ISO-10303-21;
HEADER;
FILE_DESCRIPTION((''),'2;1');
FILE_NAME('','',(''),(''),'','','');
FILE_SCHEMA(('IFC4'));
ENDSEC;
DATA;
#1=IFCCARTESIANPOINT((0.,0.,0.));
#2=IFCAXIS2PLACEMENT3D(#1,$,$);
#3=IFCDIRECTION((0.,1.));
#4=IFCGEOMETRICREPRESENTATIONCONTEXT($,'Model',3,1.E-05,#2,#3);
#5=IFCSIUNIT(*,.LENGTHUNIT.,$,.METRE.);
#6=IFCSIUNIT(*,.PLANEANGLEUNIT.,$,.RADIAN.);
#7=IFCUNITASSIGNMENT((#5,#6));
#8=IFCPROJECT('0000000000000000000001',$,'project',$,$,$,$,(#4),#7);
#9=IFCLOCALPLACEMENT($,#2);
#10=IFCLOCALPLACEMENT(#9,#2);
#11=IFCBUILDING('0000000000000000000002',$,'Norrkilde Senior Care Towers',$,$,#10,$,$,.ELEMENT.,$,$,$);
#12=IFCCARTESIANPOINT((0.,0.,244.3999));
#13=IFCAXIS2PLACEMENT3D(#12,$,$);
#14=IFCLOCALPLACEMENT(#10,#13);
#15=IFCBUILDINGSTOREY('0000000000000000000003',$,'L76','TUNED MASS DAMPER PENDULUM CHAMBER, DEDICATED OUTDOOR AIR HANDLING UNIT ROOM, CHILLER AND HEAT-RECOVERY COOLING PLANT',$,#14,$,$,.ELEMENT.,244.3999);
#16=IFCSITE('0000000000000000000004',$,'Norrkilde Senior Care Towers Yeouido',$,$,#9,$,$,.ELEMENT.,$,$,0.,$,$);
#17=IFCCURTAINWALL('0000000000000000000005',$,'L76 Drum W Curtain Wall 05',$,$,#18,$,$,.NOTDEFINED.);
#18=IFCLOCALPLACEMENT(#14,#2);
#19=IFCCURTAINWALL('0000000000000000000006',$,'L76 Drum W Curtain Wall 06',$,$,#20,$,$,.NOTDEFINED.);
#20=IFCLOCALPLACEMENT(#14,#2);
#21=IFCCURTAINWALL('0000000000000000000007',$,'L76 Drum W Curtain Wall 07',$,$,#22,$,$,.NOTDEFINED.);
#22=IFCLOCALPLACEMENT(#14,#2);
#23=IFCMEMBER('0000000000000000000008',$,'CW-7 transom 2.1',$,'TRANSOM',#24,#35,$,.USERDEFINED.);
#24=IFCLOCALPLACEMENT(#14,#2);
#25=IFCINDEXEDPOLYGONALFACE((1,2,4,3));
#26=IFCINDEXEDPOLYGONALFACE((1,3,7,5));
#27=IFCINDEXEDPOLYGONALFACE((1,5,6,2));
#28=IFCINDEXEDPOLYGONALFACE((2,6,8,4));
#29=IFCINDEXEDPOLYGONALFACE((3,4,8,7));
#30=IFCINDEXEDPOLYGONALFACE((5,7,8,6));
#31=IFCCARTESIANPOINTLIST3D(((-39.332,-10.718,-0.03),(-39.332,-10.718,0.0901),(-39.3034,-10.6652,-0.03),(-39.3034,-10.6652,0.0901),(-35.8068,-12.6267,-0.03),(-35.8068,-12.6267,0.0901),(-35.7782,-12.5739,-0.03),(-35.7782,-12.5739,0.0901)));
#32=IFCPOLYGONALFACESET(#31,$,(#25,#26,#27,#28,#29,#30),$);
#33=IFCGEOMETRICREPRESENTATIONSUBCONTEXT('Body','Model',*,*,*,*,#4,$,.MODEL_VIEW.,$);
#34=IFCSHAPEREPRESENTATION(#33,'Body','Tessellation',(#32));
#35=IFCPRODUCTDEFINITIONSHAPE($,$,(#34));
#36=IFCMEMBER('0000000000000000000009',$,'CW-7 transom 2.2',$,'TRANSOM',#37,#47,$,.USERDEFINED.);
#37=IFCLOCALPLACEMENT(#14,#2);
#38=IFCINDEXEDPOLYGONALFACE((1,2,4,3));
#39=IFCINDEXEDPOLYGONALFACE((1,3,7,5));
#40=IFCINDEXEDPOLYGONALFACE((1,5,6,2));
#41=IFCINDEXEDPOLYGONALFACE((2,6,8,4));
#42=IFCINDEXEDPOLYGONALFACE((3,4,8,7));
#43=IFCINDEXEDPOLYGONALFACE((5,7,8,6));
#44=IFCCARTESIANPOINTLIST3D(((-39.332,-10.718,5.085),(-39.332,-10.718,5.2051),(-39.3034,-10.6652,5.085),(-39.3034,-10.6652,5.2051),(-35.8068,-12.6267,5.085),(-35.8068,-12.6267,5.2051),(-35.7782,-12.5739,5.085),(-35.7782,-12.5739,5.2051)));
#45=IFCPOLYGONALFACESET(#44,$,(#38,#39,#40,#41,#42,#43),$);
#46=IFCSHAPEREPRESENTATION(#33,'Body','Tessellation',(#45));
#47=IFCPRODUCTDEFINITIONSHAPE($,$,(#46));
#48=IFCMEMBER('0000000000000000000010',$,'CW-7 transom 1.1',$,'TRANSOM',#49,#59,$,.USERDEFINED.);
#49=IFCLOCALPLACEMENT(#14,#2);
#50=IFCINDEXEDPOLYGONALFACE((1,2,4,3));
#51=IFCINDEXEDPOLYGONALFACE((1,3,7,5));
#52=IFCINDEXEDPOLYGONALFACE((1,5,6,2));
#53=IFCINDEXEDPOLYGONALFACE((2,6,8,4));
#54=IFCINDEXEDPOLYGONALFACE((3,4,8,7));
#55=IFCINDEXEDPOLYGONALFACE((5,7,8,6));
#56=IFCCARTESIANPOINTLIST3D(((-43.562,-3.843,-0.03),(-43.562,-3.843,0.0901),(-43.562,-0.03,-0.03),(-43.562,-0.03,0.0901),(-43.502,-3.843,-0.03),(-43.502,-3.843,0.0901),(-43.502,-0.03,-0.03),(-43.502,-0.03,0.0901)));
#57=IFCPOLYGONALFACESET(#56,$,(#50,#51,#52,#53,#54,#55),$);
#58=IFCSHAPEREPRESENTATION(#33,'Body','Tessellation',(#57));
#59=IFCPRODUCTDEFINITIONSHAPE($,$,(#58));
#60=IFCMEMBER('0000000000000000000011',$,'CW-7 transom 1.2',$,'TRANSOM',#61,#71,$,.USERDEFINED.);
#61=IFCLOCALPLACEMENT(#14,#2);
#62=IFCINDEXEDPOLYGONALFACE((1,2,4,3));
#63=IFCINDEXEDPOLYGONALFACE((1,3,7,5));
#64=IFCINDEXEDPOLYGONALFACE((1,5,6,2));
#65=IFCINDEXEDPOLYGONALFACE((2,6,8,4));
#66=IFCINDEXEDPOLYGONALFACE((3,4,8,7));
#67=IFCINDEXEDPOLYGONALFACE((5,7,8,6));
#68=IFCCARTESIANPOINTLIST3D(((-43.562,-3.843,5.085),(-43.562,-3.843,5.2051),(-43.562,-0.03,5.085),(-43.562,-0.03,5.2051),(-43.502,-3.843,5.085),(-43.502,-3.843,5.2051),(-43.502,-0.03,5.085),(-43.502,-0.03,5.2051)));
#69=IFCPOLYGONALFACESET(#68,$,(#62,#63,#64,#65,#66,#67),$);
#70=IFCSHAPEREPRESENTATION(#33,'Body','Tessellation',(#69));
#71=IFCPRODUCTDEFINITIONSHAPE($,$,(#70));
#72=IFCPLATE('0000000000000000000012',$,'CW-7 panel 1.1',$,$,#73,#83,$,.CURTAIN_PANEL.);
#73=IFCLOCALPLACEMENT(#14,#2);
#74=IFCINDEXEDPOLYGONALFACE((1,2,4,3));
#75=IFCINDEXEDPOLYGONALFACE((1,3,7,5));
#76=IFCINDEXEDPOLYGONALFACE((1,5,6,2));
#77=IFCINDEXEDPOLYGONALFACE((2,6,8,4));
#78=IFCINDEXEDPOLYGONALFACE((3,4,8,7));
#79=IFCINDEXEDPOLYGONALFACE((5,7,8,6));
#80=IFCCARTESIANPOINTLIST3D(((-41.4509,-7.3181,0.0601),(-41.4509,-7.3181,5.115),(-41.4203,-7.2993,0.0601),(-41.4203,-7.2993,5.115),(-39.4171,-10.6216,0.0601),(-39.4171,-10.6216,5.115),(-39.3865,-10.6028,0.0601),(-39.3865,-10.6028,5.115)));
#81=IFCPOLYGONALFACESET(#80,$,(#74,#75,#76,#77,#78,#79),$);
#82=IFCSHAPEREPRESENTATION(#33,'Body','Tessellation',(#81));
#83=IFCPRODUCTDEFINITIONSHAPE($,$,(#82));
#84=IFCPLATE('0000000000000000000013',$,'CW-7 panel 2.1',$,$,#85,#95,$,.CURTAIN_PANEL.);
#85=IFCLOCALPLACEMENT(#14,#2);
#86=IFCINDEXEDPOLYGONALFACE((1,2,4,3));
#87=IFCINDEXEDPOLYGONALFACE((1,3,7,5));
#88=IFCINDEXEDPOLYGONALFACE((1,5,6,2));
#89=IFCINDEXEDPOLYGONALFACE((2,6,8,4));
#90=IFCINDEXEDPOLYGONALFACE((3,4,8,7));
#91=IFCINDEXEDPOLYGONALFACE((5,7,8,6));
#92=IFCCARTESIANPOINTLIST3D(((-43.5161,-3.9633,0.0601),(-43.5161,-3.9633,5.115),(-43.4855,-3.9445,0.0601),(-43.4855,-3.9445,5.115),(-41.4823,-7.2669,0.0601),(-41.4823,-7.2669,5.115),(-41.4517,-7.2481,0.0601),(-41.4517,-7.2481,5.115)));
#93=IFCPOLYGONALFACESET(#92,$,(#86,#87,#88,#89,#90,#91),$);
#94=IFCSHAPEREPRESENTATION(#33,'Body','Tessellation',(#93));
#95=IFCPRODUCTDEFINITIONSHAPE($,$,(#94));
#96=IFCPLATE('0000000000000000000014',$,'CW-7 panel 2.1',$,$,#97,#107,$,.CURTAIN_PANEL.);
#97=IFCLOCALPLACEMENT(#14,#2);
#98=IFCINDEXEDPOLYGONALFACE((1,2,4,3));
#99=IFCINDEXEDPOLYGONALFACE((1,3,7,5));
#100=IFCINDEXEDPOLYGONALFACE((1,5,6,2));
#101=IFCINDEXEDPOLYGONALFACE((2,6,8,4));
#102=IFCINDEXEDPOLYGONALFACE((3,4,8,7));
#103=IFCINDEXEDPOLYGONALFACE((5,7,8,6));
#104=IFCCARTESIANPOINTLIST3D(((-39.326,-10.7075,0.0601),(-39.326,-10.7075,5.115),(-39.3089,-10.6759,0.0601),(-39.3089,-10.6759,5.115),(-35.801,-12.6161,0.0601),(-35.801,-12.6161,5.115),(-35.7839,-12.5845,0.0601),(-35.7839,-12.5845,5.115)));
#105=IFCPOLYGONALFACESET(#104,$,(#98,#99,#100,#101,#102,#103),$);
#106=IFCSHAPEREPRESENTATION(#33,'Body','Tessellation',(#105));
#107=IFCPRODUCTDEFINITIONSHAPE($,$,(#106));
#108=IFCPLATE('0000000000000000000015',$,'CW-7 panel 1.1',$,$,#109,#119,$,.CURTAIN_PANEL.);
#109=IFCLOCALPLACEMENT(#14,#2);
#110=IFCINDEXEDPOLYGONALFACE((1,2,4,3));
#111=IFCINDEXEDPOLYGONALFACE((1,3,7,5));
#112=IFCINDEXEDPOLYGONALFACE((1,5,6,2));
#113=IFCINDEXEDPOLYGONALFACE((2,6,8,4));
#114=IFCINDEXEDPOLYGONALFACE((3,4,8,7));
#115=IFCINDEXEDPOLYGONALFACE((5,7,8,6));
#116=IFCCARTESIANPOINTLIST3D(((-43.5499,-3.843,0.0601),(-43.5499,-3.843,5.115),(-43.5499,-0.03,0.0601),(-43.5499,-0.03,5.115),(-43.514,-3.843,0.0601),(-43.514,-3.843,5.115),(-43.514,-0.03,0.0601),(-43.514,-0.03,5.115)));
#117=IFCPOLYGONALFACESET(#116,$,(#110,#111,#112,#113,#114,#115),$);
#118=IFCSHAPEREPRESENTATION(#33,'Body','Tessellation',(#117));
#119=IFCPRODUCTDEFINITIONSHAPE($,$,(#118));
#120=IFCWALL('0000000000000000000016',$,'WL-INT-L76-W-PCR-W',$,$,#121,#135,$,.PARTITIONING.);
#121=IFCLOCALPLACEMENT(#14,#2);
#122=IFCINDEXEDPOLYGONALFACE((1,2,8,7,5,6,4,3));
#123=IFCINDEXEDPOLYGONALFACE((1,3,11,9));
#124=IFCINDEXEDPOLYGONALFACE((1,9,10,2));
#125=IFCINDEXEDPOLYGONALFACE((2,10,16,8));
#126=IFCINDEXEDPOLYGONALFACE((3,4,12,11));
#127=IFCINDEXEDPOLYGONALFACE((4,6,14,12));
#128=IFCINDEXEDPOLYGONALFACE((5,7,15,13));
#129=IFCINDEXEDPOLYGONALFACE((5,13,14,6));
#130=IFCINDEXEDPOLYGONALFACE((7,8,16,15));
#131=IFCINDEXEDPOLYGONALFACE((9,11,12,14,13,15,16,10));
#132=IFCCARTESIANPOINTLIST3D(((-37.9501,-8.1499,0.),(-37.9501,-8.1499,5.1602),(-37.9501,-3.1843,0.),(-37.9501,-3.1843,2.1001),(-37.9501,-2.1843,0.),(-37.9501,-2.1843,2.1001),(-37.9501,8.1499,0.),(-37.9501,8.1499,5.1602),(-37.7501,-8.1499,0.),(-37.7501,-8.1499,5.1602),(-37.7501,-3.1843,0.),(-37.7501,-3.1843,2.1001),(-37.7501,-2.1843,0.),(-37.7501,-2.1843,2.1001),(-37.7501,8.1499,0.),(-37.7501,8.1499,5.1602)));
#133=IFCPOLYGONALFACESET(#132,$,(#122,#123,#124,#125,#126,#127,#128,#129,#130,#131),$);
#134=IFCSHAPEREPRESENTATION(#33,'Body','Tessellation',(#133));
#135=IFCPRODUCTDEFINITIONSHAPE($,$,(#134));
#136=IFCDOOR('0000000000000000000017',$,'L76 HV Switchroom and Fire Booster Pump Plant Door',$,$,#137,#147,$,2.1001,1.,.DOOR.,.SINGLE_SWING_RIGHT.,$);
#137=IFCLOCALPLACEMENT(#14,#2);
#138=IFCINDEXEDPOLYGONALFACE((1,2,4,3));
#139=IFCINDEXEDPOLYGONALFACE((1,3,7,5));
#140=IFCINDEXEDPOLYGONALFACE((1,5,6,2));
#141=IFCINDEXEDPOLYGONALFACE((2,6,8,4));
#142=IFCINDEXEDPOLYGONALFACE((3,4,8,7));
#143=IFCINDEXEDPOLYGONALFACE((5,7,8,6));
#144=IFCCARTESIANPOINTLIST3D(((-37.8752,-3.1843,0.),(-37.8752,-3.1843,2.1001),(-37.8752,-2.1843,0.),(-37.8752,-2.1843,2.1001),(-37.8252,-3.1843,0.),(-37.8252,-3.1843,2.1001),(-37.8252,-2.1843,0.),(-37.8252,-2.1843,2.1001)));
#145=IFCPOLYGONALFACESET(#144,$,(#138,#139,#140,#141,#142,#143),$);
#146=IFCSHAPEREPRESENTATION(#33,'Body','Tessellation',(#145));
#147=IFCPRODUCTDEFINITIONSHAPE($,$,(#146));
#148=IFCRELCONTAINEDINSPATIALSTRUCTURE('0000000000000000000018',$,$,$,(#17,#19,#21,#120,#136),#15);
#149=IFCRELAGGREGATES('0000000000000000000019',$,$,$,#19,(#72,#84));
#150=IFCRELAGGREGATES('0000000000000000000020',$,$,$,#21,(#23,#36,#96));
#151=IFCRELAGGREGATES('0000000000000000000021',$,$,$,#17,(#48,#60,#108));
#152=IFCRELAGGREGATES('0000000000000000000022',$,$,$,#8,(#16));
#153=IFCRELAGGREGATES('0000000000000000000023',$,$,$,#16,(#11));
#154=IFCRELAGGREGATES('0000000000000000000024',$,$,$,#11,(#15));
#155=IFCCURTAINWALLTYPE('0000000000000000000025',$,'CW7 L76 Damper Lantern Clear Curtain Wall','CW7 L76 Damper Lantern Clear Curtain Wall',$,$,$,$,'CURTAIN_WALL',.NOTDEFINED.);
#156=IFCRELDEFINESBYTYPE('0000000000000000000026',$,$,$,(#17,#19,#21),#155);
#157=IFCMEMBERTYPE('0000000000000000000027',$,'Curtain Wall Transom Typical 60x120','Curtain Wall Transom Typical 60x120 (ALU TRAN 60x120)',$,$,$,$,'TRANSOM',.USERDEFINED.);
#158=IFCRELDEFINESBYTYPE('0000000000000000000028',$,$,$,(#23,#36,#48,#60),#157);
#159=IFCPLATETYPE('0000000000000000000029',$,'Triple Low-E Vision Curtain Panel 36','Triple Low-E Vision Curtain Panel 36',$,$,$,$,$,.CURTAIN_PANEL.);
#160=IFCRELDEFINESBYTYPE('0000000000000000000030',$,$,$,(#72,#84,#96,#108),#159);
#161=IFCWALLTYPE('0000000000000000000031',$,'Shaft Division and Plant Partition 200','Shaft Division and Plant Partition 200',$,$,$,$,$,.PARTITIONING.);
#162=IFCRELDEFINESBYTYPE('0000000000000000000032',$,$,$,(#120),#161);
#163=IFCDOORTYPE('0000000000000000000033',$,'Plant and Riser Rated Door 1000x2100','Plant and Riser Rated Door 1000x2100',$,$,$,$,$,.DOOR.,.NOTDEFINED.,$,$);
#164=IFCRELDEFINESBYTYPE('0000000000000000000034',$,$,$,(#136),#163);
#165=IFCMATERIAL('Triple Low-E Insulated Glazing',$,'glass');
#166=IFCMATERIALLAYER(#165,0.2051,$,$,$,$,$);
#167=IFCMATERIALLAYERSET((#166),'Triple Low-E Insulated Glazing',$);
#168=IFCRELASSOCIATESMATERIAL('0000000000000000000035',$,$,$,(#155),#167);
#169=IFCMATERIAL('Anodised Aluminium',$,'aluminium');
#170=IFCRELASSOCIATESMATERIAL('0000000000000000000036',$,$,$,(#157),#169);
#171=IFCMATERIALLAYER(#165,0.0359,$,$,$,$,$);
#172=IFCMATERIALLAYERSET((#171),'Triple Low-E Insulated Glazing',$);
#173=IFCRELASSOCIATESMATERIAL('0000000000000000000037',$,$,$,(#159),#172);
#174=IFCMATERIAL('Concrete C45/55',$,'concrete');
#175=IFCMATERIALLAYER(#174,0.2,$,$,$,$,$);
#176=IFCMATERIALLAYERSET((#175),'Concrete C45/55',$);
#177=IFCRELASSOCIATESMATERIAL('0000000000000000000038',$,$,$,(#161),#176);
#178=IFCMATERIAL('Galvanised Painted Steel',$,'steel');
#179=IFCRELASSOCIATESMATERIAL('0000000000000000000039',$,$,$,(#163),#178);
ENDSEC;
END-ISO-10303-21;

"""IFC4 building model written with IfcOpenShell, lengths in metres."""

from ifc_helpers import new_model, si_unit, direction, frame, frame_2d, origin, origin_2d, place, context, subcontext, project, spatial, rectangle, extrude, source, transform, mapped, material, layer, layer_set, material_profile, profile_set, type_object, type_shapes, element, fill, aggregate, save


model = new_model("IFC4")

# Units and contexts
model_context = context("Model", 3, precision=1e-05, world=origin(), true_north=direction((0.0, 1.0)))
body_context = subcontext(model_context, "Body", "Model", "MODEL_VIEW")
ifc_project = project(units=[si_unit("LENGTHUNIT", "METRE"), si_unit("PLANEANGLEUNIT", "RADIAN")], contexts=[model_context])

# Site, building, storey
site_placement = place(None, origin())
site = spatial("IfcSite", under=ifc_project, at=site_placement, Name="Norrkilde Senior Care Towers Yeouido", CompositionType="ELEMENT", RefElevation=0.0)
building_placement = place(site_placement, origin())
building = spatial("IfcBuilding", under=site, at=building_placement, Name="Norrkilde Senior Care Towers", CompositionType="ELEMENT")
storey_placement = place(building_placement, frame((0.0, 0.0, 244.3999)))
storey = spatial("IfcBuildingStorey", under=building, at=storey_placement, Name="L76", Description="TUNED MASS DAMPER PENDULUM CHAMBER, DEDICATED OUTDOOR AIR HANDLING UNIT ROOM, CHILLER AND HEAT-RECOVERY COOLING PLANT", CompositionType="ELEMENT", Elevation=244.3999)

# Curtain wall
ifc_material_1 = material(Name="Triple Low-E Insulated Glazing", Category="glass")
ifc_layer_1 = layer(ifc_material_1, 0.2051)
ifc_layer_set_1 = layer_set([ifc_layer_1], Name="Triple Low-E Insulated Glazing")
curtain_wall_type = type_object("IfcCurtainWallType", Name="CW7 L76 Damper Lantern Clear Curtain Wall", Description="CW7 L76 Damper Lantern Clear Curtain Wall", ElementType="CURTAIN_WALL", PredefinedType="NOTDEFINED", material=ifc_layer_set_1)
curtain_wall_1_placement = place(storey_placement, origin())
curtain_wall_1 = element("IfcCurtainWall", 1, at=curtain_wall_1_placement, inside=storey, type_object=curtain_wall_type, Name="L76 Drum W Curtain Wall 05", PredefinedType="NOTDEFINED")
ifc_material_2 = material(Name="Anodised Aluminium", Category="aluminium")

# Curtain walls
curtain_wall_2_placement = place(storey_placement, origin())
curtain_wall_2 = element("IfcCurtainWall", 2, at=curtain_wall_2_placement, inside=storey, type_object=curtain_wall_type, Name="L76 Drum W Curtain Wall 06", PredefinedType="NOTDEFINED")
curtain_wall_3_placement = place(storey_placement, origin())
curtain_wall_3 = element("IfcCurtainWall", 3, at=curtain_wall_3_placement, inside=storey, type_object=curtain_wall_type, Name="L76 Drum W Curtain Wall 07", PredefinedType="NOTDEFINED")

# Members
ifc_material_profile_1 = material_profile(ifc_material_2, rectangle(XDim=0.0601, YDim=0.1201, at=origin_2d()), Name="ALU TRAN 60x120")
ifc_profile_set_1 = profile_set([ifc_material_profile_1], Name="Anodised Aluminium")
member_type_1 = type_object("IfcMemberType", Name="Curtain Wall Transom Typical 60x120", Description="Curtain Wall Transom Typical 60x120 (ALU TRAN 60x120)", ElementType="TRANSOM", PredefinedType="USERDEFINED", material=ifc_profile_set_1)
shared_shape_1 = source(origin(), body_context, "Body", "SweptSolid", [
    extrude(rectangle(XDim=0.0601, YDim=0.1201, at=origin_2d()), origin(), (0.0, 0.0, 1.0), 4.0088),
])
member_1_placement = place(storey_placement, frame((-35.7925, -12.6003, 0.03), z_axis=(-0.879372, 0.476136, 0.0), x_axis=(-0.476136, -0.879372, 0.0)))
member_1 = element("IfcMember", 4, at=member_1_placement, type_object=member_type_1, Name="CW-7 transom 2.1", ObjectType="TRANSOM", PredefinedType="USERDEFINED", context=body_context, shape_type="MappedRepresentation", body=[
    mapped(shared_shape_1, transform((0.0, 0.0, 0.0), x_axis=(1.0, 0.0, 0.0), y_axis=(0.0, 1.0, 0.0), z_axis=(0.0, 0.0, 1.0), scale=1.0)),
])
member_2_placement = place(storey_placement, frame((-35.7925, -12.6003, 5.145), z_axis=(-0.879372, 0.476136, 0.0), x_axis=(-0.476136, -0.879372, 0.0)))
member_2 = element("IfcMember", 5, at=member_2_placement, type_object=member_type_1, Name="CW-7 transom 2.2", ObjectType="TRANSOM", PredefinedType="USERDEFINED", context=body_context, shape_type="MappedRepresentation", body=[
    mapped(shared_shape_1, transform((0.0, 0.0, 0.0), x_axis=(1.0, 0.0, 0.0), y_axis=(0.0, 1.0, 0.0), z_axis=(0.0, 0.0, 1.0), scale=1.0)),
])
shared_shape_2 = source(origin(), body_context, "Body", "SweptSolid", [
    extrude(rectangle(XDim=0.0601, YDim=0.1201, at=origin_2d()), origin(), (0.0, 0.0, 1.0), 3.813),
])
member_3_placement = place(storey_placement, frame((-43.532, -3.843, 0.03), z_axis=(0.0, 1.0, 0.0), x_axis=(-1.0, 0.0, 0.0)))
member_3 = element("IfcMember", 6, at=member_3_placement, type_object=member_type_1, Name="CW-7 transom 1.1", ObjectType="TRANSOM", PredefinedType="USERDEFINED", context=body_context, shape_type="MappedRepresentation", body=[
    mapped(shared_shape_2, transform((0.0, 0.0, 0.0), x_axis=(1.0, 0.0, 0.0), y_axis=(0.0, 1.0, 0.0), z_axis=(0.0, 0.0, 1.0), scale=1.0)),
])
member_4_placement = place(storey_placement, frame((-43.532, -3.843, 5.145), z_axis=(0.0, 1.0, 0.0), x_axis=(-1.0, 0.0, 0.0)))
member_4 = element("IfcMember", 7, at=member_4_placement, type_object=member_type_1, Name="CW-7 transom 1.2", ObjectType="TRANSOM", PredefinedType="USERDEFINED", context=body_context, shape_type="MappedRepresentation", body=[
    mapped(shared_shape_2, transform((0.0, 0.0, 0.0), x_axis=(1.0, 0.0, 0.0), y_axis=(0.0, 1.0, 0.0), z_axis=(0.0, 0.0, 1.0), scale=1.0)),
])

# Plates
ifc_layer_2 = layer(ifc_material_1, 0.0359)
ifc_layer_set_2 = layer_set([ifc_layer_2], Name="Triple Low-E Insulated Glazing")
plate_type = type_object("IfcPlateType", Name="Triple Low-E Vision Curtain Panel 36", Description="Triple Low-E Vision Curtain Panel 36", PredefinedType="CURTAIN_PANEL", material=ifc_layer_set_2)
shared_shape_3 = source(origin(), body_context, "Body", "SweptSolid", [
    extrude(rectangle(XDim=3.8794, YDim=0.0359, at=origin_2d()), origin(), (0.0, 0.0, 1.0), 5.0549),
])
plate_1_placement = place(storey_placement, frame((-40.4187, -8.9604, 0.0601), z_axis=(0.0, 0.0, 1.0), x_axis=(-0.524253, 0.851563, 0.0)))
plate_1 = element("IfcPlate", 8, at=plate_1_placement, type_object=plate_type, Name="CW-7 panel 1.1", PredefinedType="CURTAIN_PANEL", context=body_context, shape_type="MappedRepresentation", body=[
    mapped(shared_shape_3, transform((0.0, 0.0, 0.0), x_axis=(1.0, 0.0, 0.0), y_axis=(0.0, 1.0, 0.0), z_axis=(0.0, 0.0, 1.0), scale=1.0)),
])
plate_2_placement = place(storey_placement, frame((-42.4839, -5.6057, 0.0601), z_axis=(0.0, 0.0, 1.0), x_axis=(-0.524253, 0.851563, 0.0)))
plate_2 = element("IfcPlate", 9, at=plate_2_placement, type_object=plate_type, Name="CW-7 panel 2.1", PredefinedType="CURTAIN_PANEL", context=body_context, shape_type="MappedRepresentation", body=[
    mapped(shared_shape_3, transform((0.0, 0.0, 0.0), x_axis=(1.0, 0.0, 0.0), y_axis=(0.0, 1.0, 0.0), z_axis=(0.0, 0.0, 1.0), scale=1.0)),
])
aggregate(curtain_wall_2, [plate_1, plate_2])
shared_shape_4 = source(origin(), body_context, "Body", "SweptSolid", [
    extrude(rectangle(XDim=4.0085, YDim=0.0359, at=origin_2d()), origin(), (0.0, 0.0, 1.0), 5.0549),
])
plate_3_placement = place(storey_placement, frame((-37.5549, -11.646, 0.0601), z_axis=(0.0, 0.0, 1.0), x_axis=(-0.879373, 0.476133, 0.0)))
plate_3 = element("IfcPlate", 10, at=plate_3_placement, type_object=plate_type, Name="CW-7 panel 2.1", PredefinedType="CURTAIN_PANEL", context=body_context, shape_type="MappedRepresentation", body=[
    mapped(shared_shape_4, transform((0.0, 0.0, 0.0), x_axis=(1.0, 0.0, 0.0), y_axis=(0.0, 1.0, 0.0), z_axis=(0.0, 0.0, 1.0), scale=1.0)),
])
aggregate(curtain_wall_3, [member_1, member_2, plate_3])
shared_shape_5 = source(origin(), body_context, "Body", "SweptSolid", [
    extrude(rectangle(XDim=3.813, YDim=0.0359, at=origin_2d()), origin(), (0.0, 0.0, 1.0), 5.0549),
])
type_shapes(plate_type, [shared_shape_3, shared_shape_4, shared_shape_5])
plate_4_placement = place(storey_placement, frame((-43.532, -1.9365, 0.0601), z_axis=(0.0, 0.0, 1.0), x_axis=(0.0, 1.0, 0.0)))
plate_4 = element("IfcPlate", 11, at=plate_4_placement, type_object=plate_type, Name="CW-7 panel 1.1", PredefinedType="CURTAIN_PANEL", context=body_context, shape_type="MappedRepresentation", body=[
    mapped(shared_shape_5, transform((0.0, 0.0, 0.0), x_axis=(1.0, 0.0, 0.0), y_axis=(0.0, 1.0, 0.0), z_axis=(0.0, 0.0, 1.0), scale=1.0)),
])
aggregate(curtain_wall_1, [member_3, member_4, plate_4])

# Wall, opening, door
ifc_material_3 = material(Name="Concrete C45/55", Category="concrete")
ifc_layer_3 = layer(ifc_material_3, 0.2)
ifc_layer_set_3 = layer_set([ifc_layer_3], Name="Concrete C45/55")
wall_type = type_object("IfcWallType", Name="Shaft Division and Plant Partition 200", Description="Shaft Division and Plant Partition 200", PredefinedType="PARTITIONING", material=ifc_layer_set_3)
shared_shape_6 = source(origin(), body_context, "Body", "SweptSolid", [
    extrude(rectangle(XDim=16.2998, YDim=0.2, at=frame_2d((8.1499, 0.0))), origin(), (0.0, 0.0, 1.0), 5.1602),
])
type_shapes(wall_type, [shared_shape_6])
wall_placement = place(storey_placement, frame((-37.8501, -8.1499, 0.0), z_axis=(0.0, 0.0, 1.0), x_axis=(0.0, 1.0, 0.0)))
wall = element("IfcWall", 12, at=wall_placement, inside=storey, type_object=wall_type, Name="WL-INT-L76-W-PCR-W", PredefinedType="PARTITIONING", context=body_context, shape_type="MappedRepresentation", body=[
    mapped(shared_shape_6, transform((0.0, 0.0, 0.0), x_axis=(1.0, 0.0, 0.0), y_axis=(0.0, 1.0, 0.0), z_axis=(0.0, 0.0, 1.0), scale=1.0)),
])
opening_placement = place(wall_placement, frame((4.9656, 0.0, 0.0)))
opening = element("IfcOpeningElement", 13, at=opening_placement, cuts=wall, PredefinedType="OPENING", context=body_context, shape_type="SweptSolid", body=[
    extrude(rectangle(XDim=1.0, YDim=2.1001, at=frame_2d((0.5, 1.05))), frame((0.0, 0.1099, 0.0), z_axis=(0.0, -1.0, 0.0), x_axis=(1.0, 0.0, 0.0)), (0.0, 0.0, 1.0), 0.22),
])
ifc_material_4 = material(Name="Galvanised Painted Steel", Category="steel")
door_type = type_object("IfcDoorType", Name="Plant and Riser Rated Door 1000x2100", Description="Plant and Riser Rated Door 1000x2100", OperationType="NOTDEFINED", PredefinedType="DOOR", material=ifc_material_4)
shared_shape_7 = source(origin(), body_context, "Body", "SweptSolid", [
    extrude(rectangle(XDim=1.0, YDim=2.1001, at=frame_2d((0.5, 1.05))), frame((0.0, 0.0249, 0.0), z_axis=(0.0, -1.0, 0.0), x_axis=(1.0, 0.0, 0.0)), (0.0, 0.0, 1.0), 0.05),
])
type_shapes(door_type, [shared_shape_7])
door_placement = place(opening_placement, frame((1.0, 0.0, 0.0), z_axis=(0.0, 0.0, 1.0), x_axis=(-1.0, 0.0, 0.0)))
door = element("IfcDoor", 14, at=door_placement, inside=storey, type_object=door_type, Name="L76 HV Switchroom and Fire Booster Pump Plant Door", OperationType="SINGLE_SWING_RIGHT", OverallHeight=2.1001, OverallWidth=1.0, PredefinedType="DOOR", context=body_context, shape_type="MappedRepresentation", body=[
    mapped(shared_shape_7, transform((0.0, 0.0, 0.0), x_axis=(1.0, 0.0, 0.0), y_axis=(0.0, 1.0, 0.0), z_axis=(0.0, 0.0, 1.0), scale=1.0)),
])
fill(opening, door)

save(model, "model.ifc")
